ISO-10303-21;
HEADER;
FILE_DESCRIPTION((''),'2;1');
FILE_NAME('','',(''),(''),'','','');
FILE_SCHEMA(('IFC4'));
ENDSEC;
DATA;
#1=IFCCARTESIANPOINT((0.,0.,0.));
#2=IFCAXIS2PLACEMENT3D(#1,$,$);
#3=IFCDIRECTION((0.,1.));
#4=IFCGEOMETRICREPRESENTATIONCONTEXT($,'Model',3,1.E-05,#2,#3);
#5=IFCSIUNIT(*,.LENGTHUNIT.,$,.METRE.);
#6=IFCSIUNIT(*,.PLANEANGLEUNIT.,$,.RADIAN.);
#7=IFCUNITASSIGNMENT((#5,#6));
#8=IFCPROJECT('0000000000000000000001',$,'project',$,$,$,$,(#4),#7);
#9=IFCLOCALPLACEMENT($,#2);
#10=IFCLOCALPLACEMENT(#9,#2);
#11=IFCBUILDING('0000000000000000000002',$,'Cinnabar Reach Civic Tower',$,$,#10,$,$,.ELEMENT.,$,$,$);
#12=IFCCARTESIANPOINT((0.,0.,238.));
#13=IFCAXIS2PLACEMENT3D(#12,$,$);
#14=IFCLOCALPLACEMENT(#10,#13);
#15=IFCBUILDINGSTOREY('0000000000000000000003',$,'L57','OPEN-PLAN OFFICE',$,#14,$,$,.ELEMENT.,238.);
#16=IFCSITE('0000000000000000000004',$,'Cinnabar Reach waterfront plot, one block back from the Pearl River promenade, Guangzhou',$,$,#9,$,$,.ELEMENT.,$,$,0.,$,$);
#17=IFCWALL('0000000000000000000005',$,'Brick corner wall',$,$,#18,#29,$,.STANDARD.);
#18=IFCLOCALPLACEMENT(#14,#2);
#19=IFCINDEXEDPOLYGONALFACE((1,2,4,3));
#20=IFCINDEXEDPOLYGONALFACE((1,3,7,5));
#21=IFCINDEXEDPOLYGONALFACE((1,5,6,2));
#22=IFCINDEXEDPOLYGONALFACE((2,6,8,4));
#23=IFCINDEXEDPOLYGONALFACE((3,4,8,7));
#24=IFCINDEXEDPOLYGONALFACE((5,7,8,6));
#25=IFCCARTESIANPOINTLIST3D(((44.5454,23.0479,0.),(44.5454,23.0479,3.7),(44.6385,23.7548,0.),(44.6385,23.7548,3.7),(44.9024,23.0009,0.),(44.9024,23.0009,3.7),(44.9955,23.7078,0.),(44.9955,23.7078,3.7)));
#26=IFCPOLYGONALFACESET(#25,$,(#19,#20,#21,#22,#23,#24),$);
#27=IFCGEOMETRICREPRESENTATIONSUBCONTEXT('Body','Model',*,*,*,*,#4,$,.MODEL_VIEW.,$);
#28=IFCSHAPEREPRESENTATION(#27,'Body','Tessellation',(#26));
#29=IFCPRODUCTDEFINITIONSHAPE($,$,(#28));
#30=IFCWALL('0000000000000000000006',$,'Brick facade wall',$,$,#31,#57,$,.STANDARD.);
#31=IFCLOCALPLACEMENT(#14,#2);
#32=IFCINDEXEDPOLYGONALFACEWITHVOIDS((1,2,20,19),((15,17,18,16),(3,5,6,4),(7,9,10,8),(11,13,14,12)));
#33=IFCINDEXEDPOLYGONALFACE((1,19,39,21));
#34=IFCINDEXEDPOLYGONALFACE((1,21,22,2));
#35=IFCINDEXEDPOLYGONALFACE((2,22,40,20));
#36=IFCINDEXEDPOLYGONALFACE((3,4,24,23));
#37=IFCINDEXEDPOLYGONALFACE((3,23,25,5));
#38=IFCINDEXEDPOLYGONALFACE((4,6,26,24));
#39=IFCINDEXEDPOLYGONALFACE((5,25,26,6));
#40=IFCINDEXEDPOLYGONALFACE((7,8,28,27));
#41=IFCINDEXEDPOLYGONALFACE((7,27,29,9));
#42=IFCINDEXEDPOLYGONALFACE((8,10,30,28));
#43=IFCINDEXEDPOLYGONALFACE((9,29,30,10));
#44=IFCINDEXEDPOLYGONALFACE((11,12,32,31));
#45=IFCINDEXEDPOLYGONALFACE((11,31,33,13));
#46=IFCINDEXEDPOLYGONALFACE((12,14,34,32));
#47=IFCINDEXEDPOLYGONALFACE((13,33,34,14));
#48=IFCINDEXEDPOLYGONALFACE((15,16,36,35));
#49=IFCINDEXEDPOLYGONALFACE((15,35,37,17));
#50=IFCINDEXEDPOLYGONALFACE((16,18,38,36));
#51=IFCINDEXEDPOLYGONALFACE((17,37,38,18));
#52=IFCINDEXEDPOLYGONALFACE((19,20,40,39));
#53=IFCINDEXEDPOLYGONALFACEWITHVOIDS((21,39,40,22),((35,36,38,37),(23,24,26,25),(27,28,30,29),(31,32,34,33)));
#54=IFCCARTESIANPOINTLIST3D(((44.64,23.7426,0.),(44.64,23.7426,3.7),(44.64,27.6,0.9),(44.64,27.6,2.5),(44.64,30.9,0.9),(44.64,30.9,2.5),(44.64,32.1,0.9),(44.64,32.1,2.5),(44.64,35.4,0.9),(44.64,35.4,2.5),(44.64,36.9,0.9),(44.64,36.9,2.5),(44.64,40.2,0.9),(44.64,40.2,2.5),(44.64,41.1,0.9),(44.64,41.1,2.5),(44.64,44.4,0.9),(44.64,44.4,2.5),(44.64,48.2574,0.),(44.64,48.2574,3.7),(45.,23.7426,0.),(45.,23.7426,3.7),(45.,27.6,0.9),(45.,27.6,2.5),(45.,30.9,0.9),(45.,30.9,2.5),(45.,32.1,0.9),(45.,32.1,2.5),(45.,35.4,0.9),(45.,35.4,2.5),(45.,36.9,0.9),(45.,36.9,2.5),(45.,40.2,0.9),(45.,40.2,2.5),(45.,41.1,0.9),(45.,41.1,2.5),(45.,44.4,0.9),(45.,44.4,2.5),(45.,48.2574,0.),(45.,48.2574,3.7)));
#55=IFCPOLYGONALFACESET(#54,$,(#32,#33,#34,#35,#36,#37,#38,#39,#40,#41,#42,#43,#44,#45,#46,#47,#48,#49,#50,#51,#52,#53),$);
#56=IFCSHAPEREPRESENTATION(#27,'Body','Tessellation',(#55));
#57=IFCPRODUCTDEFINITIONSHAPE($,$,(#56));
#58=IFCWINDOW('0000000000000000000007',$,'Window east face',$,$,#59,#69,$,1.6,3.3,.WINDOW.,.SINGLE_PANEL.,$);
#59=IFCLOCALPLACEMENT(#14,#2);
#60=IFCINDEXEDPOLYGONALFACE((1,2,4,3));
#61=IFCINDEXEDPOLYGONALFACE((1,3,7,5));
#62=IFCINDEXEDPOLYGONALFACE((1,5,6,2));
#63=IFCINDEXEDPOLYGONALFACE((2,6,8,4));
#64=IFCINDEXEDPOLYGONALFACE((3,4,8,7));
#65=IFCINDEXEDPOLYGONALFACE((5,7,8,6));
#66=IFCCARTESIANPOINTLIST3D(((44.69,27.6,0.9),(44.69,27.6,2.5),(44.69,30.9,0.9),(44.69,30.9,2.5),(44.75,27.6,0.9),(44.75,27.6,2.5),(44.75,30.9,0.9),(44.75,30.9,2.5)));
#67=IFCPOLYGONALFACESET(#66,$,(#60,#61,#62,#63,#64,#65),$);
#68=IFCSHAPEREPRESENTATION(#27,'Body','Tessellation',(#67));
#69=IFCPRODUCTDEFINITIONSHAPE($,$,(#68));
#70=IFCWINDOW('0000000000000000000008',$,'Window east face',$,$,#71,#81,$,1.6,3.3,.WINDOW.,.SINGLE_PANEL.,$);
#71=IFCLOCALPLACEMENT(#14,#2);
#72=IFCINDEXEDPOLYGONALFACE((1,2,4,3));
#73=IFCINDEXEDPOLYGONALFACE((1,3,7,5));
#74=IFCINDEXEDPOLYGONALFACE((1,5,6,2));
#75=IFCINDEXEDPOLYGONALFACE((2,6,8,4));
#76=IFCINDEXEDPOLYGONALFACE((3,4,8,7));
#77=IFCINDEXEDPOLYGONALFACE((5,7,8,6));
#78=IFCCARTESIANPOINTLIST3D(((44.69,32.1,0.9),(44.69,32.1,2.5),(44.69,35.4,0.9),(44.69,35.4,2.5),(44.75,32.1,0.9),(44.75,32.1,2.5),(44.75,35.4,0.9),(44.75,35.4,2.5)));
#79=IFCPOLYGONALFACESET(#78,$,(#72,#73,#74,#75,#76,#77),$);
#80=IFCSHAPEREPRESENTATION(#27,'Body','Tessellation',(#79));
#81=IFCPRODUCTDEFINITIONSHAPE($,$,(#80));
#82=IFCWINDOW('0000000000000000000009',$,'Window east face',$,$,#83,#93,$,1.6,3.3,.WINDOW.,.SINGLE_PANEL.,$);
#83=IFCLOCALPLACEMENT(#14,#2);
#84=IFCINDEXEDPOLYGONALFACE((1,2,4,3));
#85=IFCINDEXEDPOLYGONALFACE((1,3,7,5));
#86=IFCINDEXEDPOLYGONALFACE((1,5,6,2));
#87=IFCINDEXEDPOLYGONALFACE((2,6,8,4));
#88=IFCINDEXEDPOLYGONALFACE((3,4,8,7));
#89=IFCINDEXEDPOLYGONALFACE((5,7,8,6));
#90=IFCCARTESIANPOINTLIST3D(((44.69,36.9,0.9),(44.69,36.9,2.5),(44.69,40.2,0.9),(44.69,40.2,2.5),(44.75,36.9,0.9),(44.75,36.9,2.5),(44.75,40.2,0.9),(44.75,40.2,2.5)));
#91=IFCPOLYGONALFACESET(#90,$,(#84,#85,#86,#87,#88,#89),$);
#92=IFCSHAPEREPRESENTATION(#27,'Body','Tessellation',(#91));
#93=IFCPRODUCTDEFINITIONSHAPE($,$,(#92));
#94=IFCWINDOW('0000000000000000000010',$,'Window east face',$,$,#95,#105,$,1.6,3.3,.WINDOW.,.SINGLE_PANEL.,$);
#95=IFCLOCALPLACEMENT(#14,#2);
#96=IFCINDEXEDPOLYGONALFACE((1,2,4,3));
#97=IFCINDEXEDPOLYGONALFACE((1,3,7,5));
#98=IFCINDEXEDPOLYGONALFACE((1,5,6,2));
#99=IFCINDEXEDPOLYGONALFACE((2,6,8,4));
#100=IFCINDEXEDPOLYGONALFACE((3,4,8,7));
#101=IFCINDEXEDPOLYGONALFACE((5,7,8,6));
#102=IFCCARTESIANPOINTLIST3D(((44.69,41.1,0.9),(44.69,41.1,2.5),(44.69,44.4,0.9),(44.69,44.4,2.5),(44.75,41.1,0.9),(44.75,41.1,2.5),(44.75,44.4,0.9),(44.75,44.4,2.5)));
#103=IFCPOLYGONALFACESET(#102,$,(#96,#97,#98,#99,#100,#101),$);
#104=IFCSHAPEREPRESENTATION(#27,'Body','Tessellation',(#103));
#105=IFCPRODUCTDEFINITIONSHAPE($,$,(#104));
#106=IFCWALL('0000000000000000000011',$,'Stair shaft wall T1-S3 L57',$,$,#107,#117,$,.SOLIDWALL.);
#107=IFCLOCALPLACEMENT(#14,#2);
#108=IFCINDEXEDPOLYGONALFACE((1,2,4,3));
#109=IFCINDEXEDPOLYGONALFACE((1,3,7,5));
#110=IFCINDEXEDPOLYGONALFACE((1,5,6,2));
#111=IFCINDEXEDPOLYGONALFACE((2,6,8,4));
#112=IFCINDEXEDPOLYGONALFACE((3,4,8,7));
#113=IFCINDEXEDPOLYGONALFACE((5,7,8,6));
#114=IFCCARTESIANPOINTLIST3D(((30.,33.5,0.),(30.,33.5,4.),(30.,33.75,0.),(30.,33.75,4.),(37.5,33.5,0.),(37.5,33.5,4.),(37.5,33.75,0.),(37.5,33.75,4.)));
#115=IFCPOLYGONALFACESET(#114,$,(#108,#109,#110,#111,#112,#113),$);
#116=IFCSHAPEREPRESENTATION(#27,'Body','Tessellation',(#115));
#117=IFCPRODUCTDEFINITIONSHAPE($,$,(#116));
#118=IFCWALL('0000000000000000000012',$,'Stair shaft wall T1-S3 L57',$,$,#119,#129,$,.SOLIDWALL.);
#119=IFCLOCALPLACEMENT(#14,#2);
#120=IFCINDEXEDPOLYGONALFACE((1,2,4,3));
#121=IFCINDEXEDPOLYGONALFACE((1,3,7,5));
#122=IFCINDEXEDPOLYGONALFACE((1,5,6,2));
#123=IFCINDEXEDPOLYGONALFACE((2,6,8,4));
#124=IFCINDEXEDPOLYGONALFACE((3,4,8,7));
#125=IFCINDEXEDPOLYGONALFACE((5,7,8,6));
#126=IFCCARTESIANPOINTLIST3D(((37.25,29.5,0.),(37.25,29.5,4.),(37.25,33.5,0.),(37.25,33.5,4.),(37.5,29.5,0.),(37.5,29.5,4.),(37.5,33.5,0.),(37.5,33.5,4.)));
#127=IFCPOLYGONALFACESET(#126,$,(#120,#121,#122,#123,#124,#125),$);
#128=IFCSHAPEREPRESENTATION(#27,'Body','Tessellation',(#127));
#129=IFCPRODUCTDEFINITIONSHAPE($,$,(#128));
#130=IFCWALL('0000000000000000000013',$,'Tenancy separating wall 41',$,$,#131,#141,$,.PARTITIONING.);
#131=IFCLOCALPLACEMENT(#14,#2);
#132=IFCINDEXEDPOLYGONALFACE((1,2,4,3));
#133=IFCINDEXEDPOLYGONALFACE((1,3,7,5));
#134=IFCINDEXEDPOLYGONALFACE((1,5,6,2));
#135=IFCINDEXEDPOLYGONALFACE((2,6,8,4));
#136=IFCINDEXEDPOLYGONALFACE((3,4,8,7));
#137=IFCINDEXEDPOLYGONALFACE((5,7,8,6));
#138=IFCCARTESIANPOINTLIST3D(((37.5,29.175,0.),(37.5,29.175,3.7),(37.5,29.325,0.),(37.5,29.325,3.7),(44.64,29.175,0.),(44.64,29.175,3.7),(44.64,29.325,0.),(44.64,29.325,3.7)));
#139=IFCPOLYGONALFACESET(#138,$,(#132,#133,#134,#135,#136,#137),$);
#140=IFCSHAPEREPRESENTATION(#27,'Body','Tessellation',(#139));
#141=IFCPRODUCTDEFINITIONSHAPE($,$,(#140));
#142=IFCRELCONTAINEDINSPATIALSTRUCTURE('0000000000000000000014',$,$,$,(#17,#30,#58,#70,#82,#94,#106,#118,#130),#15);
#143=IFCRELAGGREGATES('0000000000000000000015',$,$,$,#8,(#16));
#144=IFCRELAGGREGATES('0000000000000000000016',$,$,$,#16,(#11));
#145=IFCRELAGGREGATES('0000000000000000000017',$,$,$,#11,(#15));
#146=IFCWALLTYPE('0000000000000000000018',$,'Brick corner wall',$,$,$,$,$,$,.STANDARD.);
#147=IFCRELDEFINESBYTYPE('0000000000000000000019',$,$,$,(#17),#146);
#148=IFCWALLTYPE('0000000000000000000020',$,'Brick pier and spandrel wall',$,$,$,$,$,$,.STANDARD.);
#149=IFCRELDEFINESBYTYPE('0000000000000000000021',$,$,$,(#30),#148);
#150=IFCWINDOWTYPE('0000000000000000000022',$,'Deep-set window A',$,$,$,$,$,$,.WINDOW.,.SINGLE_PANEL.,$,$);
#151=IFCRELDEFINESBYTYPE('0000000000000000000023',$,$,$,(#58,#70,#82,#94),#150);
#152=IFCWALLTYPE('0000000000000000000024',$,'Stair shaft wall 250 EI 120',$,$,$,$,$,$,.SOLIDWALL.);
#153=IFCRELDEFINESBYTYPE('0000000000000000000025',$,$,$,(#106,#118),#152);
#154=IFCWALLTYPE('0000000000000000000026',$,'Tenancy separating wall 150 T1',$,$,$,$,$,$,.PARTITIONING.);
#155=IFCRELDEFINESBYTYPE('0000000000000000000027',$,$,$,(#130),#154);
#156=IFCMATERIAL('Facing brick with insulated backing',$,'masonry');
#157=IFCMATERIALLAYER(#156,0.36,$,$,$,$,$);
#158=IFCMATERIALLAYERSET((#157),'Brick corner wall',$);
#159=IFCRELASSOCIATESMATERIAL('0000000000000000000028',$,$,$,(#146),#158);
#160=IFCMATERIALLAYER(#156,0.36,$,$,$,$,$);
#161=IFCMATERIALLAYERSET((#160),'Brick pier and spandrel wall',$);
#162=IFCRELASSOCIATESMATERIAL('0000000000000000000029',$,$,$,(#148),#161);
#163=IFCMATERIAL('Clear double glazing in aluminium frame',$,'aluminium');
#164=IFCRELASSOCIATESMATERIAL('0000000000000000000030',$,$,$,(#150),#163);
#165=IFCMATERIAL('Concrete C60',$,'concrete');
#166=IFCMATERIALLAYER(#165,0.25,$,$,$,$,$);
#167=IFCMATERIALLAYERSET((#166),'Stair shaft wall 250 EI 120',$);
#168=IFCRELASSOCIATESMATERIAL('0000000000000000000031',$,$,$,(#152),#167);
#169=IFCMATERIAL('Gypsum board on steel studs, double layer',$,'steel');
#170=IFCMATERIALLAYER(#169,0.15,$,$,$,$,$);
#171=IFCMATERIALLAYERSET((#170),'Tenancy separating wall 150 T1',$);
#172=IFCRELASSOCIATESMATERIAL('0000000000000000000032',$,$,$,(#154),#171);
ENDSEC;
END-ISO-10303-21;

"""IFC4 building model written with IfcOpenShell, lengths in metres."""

from ifc_helpers import new_model, si_unit, direction, frame, frame_2d, origin, place, context, subcontext, project, spatial, rectangle, extrude, material, layer, layer_set, type_object, element, fill, save


model = new_model("IFC4")

# Units and contexts
model_context = context("Model", 3, precision=1e-05, world=origin(), true_north=direction((0.0, 1.0)))
body_context = subcontext(model_context, "Body", "Model", "MODEL_VIEW")
ifc_project = project(units=[si_unit("LENGTHUNIT", "METRE"), si_unit("PLANEANGLEUNIT", "RADIAN")], contexts=[model_context])

# Site, building, storey
site_placement = place(None, origin())
site = spatial("IfcSite", under=ifc_project, at=site_placement, Name="Cinnabar Reach waterfront plot, one block back from the Pearl River promenade, Guangzhou", CompositionType="ELEMENT", RefElevation=0.0)
building_placement = place(site_placement, origin())
building = spatial("IfcBuilding", under=site, at=building_placement, Name="Cinnabar Reach Civic Tower", CompositionType="ELEMENT")
storey_placement = place(building_placement, frame((0.0, 0.0, 238.0)))
storey = spatial("IfcBuildingStorey", under=building, at=storey_placement, Name="L57", Description="OPEN-PLAN OFFICE", CompositionType="ELEMENT", Elevation=238.0)

# Shared definitions
ifc_material_1 = material(Name="Concrete C60", Category="concrete")

# Wall
ifc_material_2 = material(Name="Facing brick with insulated backing", Category="masonry")
ifc_layer_1 = layer(ifc_material_2, 0.36)
ifc_layer_set_1 = layer_set([ifc_layer_1], Name="Brick corner wall")
wall_type_1 = type_object("IfcWallType", Name="Brick corner wall", PredefinedType="STANDARD", material=ifc_layer_set_1)
wall_1_placement = place(storey_placement, frame((44.7239, 23.0244, 0.0), z_axis=(0.0, 0.0, 1.0), x_axis=(0.130556, 0.991441, 0.0)))
element("IfcWall", 1, at=wall_1_placement, inside=storey, type_object=wall_type_1, Name="Brick corner wall", PredefinedType="STANDARD", context=body_context, shape_type="SweptSolid", body=[
    extrude(rectangle(XDim=0.7131, YDim=0.36, at=frame_2d((0.3565, 0.0))), origin(), (0.0, 0.0, 1.0), 3.7),
])

# Wall, openings, windows
ifc_layer_2 = layer(ifc_material_2, 0.36)
ifc_layer_set_2 = layer_set([ifc_layer_2], Name="Brick pier and spandrel wall")
wall_type_2 = type_object("IfcWallType", Name="Brick pier and spandrel wall", PredefinedType="STANDARD", material=ifc_layer_set_2)
wall_2_placement = place(storey_placement, frame((44.82, 23.7426, 0.0), z_axis=(0.0, 0.0, 1.0), x_axis=(0.0, 1.0, 0.0)))
wall_2 = element("IfcWall", 2, at=wall_2_placement, inside=storey, type_object=wall_type_2, Name="Brick facade wall", PredefinedType="STANDARD", context=body_context, shape_type="SweptSolid", body=[
    extrude(rectangle(XDim=24.5148, YDim=0.36, at=frame_2d((12.2574, 0.0))), origin(), (0.0, 0.0, 1.0), 3.7),
])
opening_1_placement = place(wall_2_placement, frame((3.8574, 0.0, 0.9)))
opening_1 = element("IfcOpeningElement", 3, at=opening_1_placement, cuts=wall_2, PredefinedType="OPENING", context=body_context, shape_type="SweptSolid", body=[
    extrude(rectangle(XDim=3.3, YDim=1.6, at=frame_2d((1.65, 0.8))), frame((0.0, 0.19, 0.0), z_axis=(0.0, -1.0, 0.0), x_axis=(1.0, 0.0, 0.0)), (0.0, 0.0, 1.0), 0.38),
])
opening_2_placement = place(wall_2_placement, frame((8.3574, 0.0, 0.9)))
opening_2 = element("IfcOpeningElement", 4, at=opening_2_placement, cuts=wall_2, PredefinedType="OPENING", context=body_context, shape_type="SweptSolid", body=[
    extrude(rectangle(XDim=3.3, YDim=1.6, at=frame_2d((1.65, 0.8))), frame((0.0, 0.19, 0.0), z_axis=(0.0, -1.0, 0.0), x_axis=(1.0, 0.0, 0.0)), (0.0, 0.0, 1.0), 0.38),
])
opening_3_placement = place(wall_2_placement, frame((13.1574, 0.0, 0.9)))
opening_3 = element("IfcOpeningElement", 5, at=opening_3_placement, cuts=wall_2, PredefinedType="OPENING", context=body_context, shape_type="SweptSolid", body=[
    extrude(rectangle(XDim=3.3, YDim=1.6, at=frame_2d((1.65, 0.8))), frame((0.0, 0.19, 0.0), z_axis=(0.0, -1.0, 0.0), x_axis=(1.0, 0.0, 0.0)), (0.0, 0.0, 1.0), 0.38),
])
opening_4_placement = place(wall_2_placement, frame((17.3574, 0.0, 0.9)))
opening_4 = element("IfcOpeningElement", 6, at=opening_4_placement, cuts=wall_2, PredefinedType="OPENING", context=body_context, shape_type="SweptSolid", body=[
    extrude(rectangle(XDim=3.3, YDim=1.6, at=frame_2d((1.65, 0.8))), frame((0.0, 0.19, 0.0), z_axis=(0.0, -1.0, 0.0), x_axis=(1.0, 0.0, 0.0)), (0.0, 0.0, 1.0), 0.38),
])
ifc_material_3 = material(Name="Clear double glazing in aluminium frame", Category="aluminium")
window_type = type_object("IfcWindowType", Name="Deep-set window A", PartitioningType="SINGLE_PANEL", PredefinedType="WINDOW", material=ifc_material_3)
window_1_placement = place(opening_1_placement, origin())
window_1 = element("IfcWindow", 7, at=window_1_placement, inside=storey, type_object=window_type, Name="Window east face", OverallHeight=1.6, OverallWidth=3.3, PartitioningType="SINGLE_PANEL", PredefinedType="WINDOW", context=body_context, shape_type="SweptSolid", body=[
    extrude(rectangle(XDim=3.3, YDim=1.6, at=frame_2d((1.65, 0.8))), frame((0.0, 0.13, 0.0), z_axis=(0.0, -1.0, 0.0), x_axis=(1.0, 0.0, 0.0)), (0.0, 0.0, 1.0), 0.06),
])
fill(opening_1, window_1)
window_2_placement = place(opening_2_placement, origin())
window_2 = element("IfcWindow", 8, at=window_2_placement, inside=storey, type_object=window_type, Name="Window east face", OverallHeight=1.6, OverallWidth=3.3, PartitioningType="SINGLE_PANEL", PredefinedType="WINDOW", context=body_context, shape_type="SweptSolid", body=[
    extrude(rectangle(XDim=3.3, YDim=1.6, at=frame_2d((1.65, 0.8))), frame((0.0, 0.13, 0.0), z_axis=(0.0, -1.0, 0.0), x_axis=(1.0, 0.0, 0.0)), (0.0, 0.0, 1.0), 0.06),
])
fill(opening_2, window_2)
window_3_placement = place(opening_3_placement, origin())
window_3 = element("IfcWindow", 9, at=window_3_placement, inside=storey, type_object=window_type, Name="Window east face", OverallHeight=1.6, OverallWidth=3.3, PartitioningType="SINGLE_PANEL", PredefinedType="WINDOW", context=body_context, shape_type="SweptSolid", body=[
    extrude(rectangle(XDim=3.3, YDim=1.6, at=frame_2d((1.65, 0.8))), frame((0.0, 0.13, 0.0), z_axis=(0.0, -1.0, 0.0), x_axis=(1.0, 0.0, 0.0)), (0.0, 0.0, 1.0), 0.06),
])
fill(opening_3, window_3)
window_4_placement = place(opening_4_placement, origin())
window_4 = element("IfcWindow", 10, at=window_4_placement, inside=storey, type_object=window_type, Name="Window east face", OverallHeight=1.6, OverallWidth=3.3, PartitioningType="SINGLE_PANEL", PredefinedType="WINDOW", context=body_context, shape_type="SweptSolid", body=[
    extrude(rectangle(XDim=3.3, YDim=1.6, at=frame_2d((1.65, 0.8))), frame((0.0, 0.13, 0.0), z_axis=(0.0, -1.0, 0.0), x_axis=(1.0, 0.0, 0.0)), (0.0, 0.0, 1.0), 0.06),
])
fill(opening_4, window_4)

# Walls
ifc_layer_3 = layer(ifc_material_1, 0.25)
ifc_layer_set_3 = layer_set([ifc_layer_3], Name="Stair shaft wall 250 EI 120")
wall_type_3 = type_object("IfcWallType", Name="Stair shaft wall 250 EI 120", PredefinedType="SOLIDWALL", material=ifc_layer_set_3)
wall_3_placement = place(storey_placement, frame((37.5, 33.625, 0.0), z_axis=(0.0, 0.0, 1.0), x_axis=(-1.0, 0.0, 0.0)))
element("IfcWall", 11, at=wall_3_placement, inside=storey, type_object=wall_type_3, Name="Stair shaft wall T1-S3 L57", PredefinedType="SOLIDWALL", context=body_context, shape_type="SweptSolid", body=[
    extrude(rectangle(XDim=7.5, YDim=0.25, at=frame_2d((3.75, 0.0))), origin(), (0.0, 0.0, 1.0), 4.0),
])
wall_4_placement = place(storey_placement, frame((37.375, 29.5, 0.0), z_axis=(0.0, 0.0, 1.0), x_axis=(0.0, 1.0, 0.0)))
element("IfcWall", 12, at=wall_4_placement, inside=storey, type_object=wall_type_3, Name="Stair shaft wall T1-S3 L57", PredefinedType="SOLIDWALL", context=body_context, shape_type="SweptSolid", body=[
    extrude(rectangle(XDim=4.0, YDim=0.25, at=frame_2d((2.0, 0.0))), origin(), (0.0, 0.0, 1.0), 4.0),
])
ifc_material_4 = material(Name="Gypsum board on steel studs, double layer", Category="steel")
ifc_layer_4 = layer(ifc_material_4, 0.15)
ifc_layer_set_4 = layer_set([ifc_layer_4], Name="Tenancy separating wall 150 T1")
wall_type_4 = type_object("IfcWallType", Name="Tenancy separating wall 150 T1", PredefinedType="PARTITIONING", material=ifc_layer_set_4)
wall_5_placement = place(storey_placement, frame((37.5, 29.25, 0.0), z_axis=(0.0, 0.0, 1.0), x_axis=(1.0, 0.0, 0.0)))
element("IfcWall", 13, at=wall_5_placement, inside=storey, type_object=wall_type_4, Name="Tenancy separating wall 41", PredefinedType="PARTITIONING", context=body_context, shape_type="SweptSolid", body=[
    extrude(rectangle(XDim=7.14, YDim=0.15, at=frame_2d((3.57, 0.0))), origin(), (0.0, 0.0, 1.0), 3.7),
])

save(model, "model.ifc")
